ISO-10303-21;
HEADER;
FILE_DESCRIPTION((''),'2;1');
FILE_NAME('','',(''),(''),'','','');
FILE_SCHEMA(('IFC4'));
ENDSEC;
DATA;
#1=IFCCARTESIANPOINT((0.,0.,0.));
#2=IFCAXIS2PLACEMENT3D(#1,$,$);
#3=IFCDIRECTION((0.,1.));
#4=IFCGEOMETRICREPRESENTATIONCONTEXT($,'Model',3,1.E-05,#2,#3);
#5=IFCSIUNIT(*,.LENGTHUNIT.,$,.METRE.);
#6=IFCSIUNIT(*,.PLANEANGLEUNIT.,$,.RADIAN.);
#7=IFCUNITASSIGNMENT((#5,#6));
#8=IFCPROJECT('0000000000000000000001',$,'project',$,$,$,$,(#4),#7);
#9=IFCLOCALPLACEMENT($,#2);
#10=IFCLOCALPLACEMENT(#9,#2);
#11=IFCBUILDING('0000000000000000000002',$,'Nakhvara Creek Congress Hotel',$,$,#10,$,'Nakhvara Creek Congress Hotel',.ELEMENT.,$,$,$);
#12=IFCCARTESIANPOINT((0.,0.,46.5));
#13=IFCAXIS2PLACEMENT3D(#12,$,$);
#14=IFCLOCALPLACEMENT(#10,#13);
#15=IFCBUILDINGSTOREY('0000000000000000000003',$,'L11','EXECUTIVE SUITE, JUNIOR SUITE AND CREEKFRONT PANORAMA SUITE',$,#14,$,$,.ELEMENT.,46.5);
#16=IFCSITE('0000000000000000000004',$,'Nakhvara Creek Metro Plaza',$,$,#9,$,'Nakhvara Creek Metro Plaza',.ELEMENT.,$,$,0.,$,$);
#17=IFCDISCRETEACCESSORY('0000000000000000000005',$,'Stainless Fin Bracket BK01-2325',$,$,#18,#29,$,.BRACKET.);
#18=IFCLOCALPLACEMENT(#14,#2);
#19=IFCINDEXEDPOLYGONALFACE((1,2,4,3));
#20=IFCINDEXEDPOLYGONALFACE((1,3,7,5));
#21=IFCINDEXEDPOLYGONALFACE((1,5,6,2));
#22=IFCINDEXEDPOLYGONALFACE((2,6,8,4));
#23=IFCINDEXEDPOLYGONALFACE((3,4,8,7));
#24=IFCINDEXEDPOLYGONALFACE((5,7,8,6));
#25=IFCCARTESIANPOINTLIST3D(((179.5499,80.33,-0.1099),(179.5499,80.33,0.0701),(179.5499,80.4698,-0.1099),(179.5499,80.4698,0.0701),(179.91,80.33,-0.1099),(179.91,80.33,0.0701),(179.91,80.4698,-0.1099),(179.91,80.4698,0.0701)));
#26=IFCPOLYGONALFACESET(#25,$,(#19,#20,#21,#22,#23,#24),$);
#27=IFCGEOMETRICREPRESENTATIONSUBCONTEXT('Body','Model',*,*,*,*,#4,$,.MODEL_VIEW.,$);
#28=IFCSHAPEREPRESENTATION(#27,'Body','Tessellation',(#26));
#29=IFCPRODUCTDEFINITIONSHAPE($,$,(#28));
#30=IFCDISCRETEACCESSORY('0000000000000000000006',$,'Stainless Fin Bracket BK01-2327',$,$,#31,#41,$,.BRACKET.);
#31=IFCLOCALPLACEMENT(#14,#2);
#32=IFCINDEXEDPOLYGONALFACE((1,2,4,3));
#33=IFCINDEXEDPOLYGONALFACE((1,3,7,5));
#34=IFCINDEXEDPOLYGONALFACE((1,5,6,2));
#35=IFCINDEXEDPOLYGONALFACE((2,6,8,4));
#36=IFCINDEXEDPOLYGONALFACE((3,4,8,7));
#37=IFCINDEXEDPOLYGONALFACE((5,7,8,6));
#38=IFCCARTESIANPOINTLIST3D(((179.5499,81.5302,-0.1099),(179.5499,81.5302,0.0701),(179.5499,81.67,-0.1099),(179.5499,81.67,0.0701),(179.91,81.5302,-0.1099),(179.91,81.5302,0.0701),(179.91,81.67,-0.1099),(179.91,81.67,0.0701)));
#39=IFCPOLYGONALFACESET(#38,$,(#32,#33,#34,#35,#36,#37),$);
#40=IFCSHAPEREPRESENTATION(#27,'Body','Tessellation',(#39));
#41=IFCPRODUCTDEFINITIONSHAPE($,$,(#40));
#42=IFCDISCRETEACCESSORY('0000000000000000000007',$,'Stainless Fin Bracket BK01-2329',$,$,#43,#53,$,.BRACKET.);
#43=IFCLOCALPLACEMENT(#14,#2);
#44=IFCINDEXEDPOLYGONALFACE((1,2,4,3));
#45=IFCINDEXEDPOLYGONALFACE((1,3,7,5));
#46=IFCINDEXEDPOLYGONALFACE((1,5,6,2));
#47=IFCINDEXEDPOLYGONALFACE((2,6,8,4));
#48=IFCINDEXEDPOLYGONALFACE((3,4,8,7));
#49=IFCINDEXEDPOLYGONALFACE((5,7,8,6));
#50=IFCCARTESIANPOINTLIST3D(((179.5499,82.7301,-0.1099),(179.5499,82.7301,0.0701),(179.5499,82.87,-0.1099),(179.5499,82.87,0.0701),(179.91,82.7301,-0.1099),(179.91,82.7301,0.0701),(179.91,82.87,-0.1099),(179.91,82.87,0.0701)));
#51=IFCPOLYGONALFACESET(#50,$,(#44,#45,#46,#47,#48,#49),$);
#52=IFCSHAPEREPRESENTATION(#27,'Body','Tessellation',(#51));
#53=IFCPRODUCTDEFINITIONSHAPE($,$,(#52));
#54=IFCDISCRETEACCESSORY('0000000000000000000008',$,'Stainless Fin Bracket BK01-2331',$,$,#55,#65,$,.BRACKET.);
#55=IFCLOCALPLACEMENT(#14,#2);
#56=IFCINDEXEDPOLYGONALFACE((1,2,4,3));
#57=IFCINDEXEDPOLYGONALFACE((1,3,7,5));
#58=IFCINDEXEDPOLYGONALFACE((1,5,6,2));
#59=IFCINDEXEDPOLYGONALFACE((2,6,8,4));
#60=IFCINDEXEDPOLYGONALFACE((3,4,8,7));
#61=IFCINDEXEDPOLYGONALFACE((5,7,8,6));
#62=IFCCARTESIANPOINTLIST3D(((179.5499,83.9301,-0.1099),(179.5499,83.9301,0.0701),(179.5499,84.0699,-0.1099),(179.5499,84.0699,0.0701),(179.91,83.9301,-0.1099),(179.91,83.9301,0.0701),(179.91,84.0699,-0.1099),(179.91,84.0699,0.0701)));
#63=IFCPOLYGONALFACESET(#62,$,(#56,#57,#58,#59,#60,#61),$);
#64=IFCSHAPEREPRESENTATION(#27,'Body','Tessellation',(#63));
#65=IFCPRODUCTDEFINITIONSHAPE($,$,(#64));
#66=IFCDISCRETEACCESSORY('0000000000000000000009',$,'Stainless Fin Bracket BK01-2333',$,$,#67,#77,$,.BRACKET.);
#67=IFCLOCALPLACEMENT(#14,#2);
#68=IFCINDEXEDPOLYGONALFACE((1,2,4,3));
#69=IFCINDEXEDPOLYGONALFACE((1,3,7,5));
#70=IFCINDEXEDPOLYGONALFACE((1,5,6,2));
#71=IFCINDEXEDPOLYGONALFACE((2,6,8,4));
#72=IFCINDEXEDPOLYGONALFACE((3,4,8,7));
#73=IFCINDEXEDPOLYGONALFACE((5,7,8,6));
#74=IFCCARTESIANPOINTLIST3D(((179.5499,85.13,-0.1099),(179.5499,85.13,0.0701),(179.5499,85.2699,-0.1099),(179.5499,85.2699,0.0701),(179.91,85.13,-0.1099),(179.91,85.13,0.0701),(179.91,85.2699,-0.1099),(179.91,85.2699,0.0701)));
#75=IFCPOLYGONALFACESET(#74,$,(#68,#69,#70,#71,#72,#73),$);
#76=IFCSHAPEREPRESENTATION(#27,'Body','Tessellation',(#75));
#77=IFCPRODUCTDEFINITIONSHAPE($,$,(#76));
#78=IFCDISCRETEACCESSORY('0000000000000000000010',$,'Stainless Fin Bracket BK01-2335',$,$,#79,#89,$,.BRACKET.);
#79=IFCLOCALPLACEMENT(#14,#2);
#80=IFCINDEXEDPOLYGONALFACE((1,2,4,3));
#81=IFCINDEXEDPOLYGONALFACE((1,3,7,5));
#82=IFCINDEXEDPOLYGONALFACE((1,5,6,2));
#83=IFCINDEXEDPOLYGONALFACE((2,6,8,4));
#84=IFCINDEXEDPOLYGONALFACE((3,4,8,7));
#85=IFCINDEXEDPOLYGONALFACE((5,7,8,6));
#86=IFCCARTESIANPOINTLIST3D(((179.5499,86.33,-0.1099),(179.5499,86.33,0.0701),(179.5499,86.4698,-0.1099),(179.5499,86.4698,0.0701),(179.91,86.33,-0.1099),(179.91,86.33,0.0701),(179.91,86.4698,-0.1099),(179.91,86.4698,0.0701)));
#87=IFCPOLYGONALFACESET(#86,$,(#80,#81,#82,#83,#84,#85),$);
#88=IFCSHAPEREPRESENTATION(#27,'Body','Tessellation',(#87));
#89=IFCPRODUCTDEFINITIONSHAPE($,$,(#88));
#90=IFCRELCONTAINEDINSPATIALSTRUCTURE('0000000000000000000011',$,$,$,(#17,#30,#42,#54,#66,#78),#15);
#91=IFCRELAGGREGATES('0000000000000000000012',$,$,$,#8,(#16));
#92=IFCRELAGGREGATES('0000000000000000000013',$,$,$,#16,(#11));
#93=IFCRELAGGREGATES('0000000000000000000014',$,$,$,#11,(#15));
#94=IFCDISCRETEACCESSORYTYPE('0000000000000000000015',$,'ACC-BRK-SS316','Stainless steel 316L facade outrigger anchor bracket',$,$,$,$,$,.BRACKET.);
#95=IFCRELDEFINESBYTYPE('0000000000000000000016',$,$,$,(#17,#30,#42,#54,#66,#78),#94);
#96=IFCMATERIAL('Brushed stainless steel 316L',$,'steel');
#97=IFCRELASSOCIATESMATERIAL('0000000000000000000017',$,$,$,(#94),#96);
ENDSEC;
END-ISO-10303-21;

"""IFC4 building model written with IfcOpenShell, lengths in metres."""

from ifc_helpers import new_model, si_unit, direction, frame, origin, origin_2d, place, context, subcontext, project, spatial, rectangle, extrude, material, type_object, element, save


model = new_model("IFC4")

# Units and contexts
model_context = context("Model", 3, precision=1e-05, world=origin(), true_north=direction((0.0, 1.0)))
body_context = subcontext(model_context, "Body", "Model", "MODEL_VIEW")
ifc_project = project(units=[si_unit("LENGTHUNIT", "METRE"), si_unit("PLANEANGLEUNIT", "RADIAN")], contexts=[model_context])

# Site, building, storey
site_placement = place(None, origin())
site = spatial("IfcSite", under=ifc_project, at=site_placement, Name="Nakhvara Creek Metro Plaza", LongName="Nakhvara Creek Metro Plaza", CompositionType="ELEMENT", RefElevation=0.0)
building_placement = place(site_placement, origin())
building = spatial("IfcBuilding", under=site, at=building_placement, Name="Nakhvara Creek Congress Hotel", LongName="Nakhvara Creek Congress Hotel", CompositionType="ELEMENT")
storey_placement = place(building_placement, frame((0.0, 0.0, 46.5)))
storey = spatial("IfcBuildingStorey", under=building, at=storey_placement, Name="L11", Description="EXECUTIVE SUITE, JUNIOR SUITE AND CREEKFRONT PANORAMA SUITE", CompositionType="ELEMENT", Elevation=46.5)

# Discrete accessories
ifc_material_1 = material(Name="Brushed stainless steel 316L", Category="steel")
discrete_accessory_type = type_object("IfcDiscreteAccessoryType", Name="ACC-BRK-SS316", Description="Stainless steel 316L facade outrigger anchor bracket", PredefinedType="BRACKET", material=ifc_material_1)
for number, where, z_axis, x_axis, name in (
    (1, (179.73, 80.3999, -0.1099), (0.0, 0.0, 1.0), (0.0, 1.0, 0.0), "Stainless Fin Bracket BK01-2325"),
    (2, (179.73, 81.6001, -0.1099), (0.0, 0.0, 1.0), (0.0, 1.0, 0.0), "Stainless Fin Bracket BK01-2327"),
    (3, (179.73, 82.8, -0.1099), (0.0, 0.0, 1.0), (0.0, 1.0, 0.0), "Stainless Fin Bracket BK01-2329"),
    (4, (179.73, 84.0, -0.1099), (0.0, 0.0, 1.0), (0.0, 1.0, 0.0), "Stainless Fin Bracket BK01-2331"),
    (5, (179.73, 85.2, -0.1099), (0.0, 0.0, 1.0), (0.0, 1.0, 0.0), "Stainless Fin Bracket BK01-2333"),
    (6, (179.73, 86.3999, -0.1099), (0.0, 0.0, 1.0), (0.0, 1.0, 0.0), "Stainless Fin Bracket BK01-2335"),
):
    element("IfcDiscreteAccessory", number, at=place(storey_placement, frame(where, z_axis=z_axis, x_axis=x_axis)), inside=storey, type_object=discrete_accessory_type, Name=name, PredefinedType="BRACKET", context=body_context, shape_type="SweptSolid", body=[
        extrude(rectangle(XDim=0.1399, YDim=0.3601, at=origin_2d()), origin(), (0.0, 0.0, 1.0), 0.1799),
    ])

save(model, "model.ifc")
